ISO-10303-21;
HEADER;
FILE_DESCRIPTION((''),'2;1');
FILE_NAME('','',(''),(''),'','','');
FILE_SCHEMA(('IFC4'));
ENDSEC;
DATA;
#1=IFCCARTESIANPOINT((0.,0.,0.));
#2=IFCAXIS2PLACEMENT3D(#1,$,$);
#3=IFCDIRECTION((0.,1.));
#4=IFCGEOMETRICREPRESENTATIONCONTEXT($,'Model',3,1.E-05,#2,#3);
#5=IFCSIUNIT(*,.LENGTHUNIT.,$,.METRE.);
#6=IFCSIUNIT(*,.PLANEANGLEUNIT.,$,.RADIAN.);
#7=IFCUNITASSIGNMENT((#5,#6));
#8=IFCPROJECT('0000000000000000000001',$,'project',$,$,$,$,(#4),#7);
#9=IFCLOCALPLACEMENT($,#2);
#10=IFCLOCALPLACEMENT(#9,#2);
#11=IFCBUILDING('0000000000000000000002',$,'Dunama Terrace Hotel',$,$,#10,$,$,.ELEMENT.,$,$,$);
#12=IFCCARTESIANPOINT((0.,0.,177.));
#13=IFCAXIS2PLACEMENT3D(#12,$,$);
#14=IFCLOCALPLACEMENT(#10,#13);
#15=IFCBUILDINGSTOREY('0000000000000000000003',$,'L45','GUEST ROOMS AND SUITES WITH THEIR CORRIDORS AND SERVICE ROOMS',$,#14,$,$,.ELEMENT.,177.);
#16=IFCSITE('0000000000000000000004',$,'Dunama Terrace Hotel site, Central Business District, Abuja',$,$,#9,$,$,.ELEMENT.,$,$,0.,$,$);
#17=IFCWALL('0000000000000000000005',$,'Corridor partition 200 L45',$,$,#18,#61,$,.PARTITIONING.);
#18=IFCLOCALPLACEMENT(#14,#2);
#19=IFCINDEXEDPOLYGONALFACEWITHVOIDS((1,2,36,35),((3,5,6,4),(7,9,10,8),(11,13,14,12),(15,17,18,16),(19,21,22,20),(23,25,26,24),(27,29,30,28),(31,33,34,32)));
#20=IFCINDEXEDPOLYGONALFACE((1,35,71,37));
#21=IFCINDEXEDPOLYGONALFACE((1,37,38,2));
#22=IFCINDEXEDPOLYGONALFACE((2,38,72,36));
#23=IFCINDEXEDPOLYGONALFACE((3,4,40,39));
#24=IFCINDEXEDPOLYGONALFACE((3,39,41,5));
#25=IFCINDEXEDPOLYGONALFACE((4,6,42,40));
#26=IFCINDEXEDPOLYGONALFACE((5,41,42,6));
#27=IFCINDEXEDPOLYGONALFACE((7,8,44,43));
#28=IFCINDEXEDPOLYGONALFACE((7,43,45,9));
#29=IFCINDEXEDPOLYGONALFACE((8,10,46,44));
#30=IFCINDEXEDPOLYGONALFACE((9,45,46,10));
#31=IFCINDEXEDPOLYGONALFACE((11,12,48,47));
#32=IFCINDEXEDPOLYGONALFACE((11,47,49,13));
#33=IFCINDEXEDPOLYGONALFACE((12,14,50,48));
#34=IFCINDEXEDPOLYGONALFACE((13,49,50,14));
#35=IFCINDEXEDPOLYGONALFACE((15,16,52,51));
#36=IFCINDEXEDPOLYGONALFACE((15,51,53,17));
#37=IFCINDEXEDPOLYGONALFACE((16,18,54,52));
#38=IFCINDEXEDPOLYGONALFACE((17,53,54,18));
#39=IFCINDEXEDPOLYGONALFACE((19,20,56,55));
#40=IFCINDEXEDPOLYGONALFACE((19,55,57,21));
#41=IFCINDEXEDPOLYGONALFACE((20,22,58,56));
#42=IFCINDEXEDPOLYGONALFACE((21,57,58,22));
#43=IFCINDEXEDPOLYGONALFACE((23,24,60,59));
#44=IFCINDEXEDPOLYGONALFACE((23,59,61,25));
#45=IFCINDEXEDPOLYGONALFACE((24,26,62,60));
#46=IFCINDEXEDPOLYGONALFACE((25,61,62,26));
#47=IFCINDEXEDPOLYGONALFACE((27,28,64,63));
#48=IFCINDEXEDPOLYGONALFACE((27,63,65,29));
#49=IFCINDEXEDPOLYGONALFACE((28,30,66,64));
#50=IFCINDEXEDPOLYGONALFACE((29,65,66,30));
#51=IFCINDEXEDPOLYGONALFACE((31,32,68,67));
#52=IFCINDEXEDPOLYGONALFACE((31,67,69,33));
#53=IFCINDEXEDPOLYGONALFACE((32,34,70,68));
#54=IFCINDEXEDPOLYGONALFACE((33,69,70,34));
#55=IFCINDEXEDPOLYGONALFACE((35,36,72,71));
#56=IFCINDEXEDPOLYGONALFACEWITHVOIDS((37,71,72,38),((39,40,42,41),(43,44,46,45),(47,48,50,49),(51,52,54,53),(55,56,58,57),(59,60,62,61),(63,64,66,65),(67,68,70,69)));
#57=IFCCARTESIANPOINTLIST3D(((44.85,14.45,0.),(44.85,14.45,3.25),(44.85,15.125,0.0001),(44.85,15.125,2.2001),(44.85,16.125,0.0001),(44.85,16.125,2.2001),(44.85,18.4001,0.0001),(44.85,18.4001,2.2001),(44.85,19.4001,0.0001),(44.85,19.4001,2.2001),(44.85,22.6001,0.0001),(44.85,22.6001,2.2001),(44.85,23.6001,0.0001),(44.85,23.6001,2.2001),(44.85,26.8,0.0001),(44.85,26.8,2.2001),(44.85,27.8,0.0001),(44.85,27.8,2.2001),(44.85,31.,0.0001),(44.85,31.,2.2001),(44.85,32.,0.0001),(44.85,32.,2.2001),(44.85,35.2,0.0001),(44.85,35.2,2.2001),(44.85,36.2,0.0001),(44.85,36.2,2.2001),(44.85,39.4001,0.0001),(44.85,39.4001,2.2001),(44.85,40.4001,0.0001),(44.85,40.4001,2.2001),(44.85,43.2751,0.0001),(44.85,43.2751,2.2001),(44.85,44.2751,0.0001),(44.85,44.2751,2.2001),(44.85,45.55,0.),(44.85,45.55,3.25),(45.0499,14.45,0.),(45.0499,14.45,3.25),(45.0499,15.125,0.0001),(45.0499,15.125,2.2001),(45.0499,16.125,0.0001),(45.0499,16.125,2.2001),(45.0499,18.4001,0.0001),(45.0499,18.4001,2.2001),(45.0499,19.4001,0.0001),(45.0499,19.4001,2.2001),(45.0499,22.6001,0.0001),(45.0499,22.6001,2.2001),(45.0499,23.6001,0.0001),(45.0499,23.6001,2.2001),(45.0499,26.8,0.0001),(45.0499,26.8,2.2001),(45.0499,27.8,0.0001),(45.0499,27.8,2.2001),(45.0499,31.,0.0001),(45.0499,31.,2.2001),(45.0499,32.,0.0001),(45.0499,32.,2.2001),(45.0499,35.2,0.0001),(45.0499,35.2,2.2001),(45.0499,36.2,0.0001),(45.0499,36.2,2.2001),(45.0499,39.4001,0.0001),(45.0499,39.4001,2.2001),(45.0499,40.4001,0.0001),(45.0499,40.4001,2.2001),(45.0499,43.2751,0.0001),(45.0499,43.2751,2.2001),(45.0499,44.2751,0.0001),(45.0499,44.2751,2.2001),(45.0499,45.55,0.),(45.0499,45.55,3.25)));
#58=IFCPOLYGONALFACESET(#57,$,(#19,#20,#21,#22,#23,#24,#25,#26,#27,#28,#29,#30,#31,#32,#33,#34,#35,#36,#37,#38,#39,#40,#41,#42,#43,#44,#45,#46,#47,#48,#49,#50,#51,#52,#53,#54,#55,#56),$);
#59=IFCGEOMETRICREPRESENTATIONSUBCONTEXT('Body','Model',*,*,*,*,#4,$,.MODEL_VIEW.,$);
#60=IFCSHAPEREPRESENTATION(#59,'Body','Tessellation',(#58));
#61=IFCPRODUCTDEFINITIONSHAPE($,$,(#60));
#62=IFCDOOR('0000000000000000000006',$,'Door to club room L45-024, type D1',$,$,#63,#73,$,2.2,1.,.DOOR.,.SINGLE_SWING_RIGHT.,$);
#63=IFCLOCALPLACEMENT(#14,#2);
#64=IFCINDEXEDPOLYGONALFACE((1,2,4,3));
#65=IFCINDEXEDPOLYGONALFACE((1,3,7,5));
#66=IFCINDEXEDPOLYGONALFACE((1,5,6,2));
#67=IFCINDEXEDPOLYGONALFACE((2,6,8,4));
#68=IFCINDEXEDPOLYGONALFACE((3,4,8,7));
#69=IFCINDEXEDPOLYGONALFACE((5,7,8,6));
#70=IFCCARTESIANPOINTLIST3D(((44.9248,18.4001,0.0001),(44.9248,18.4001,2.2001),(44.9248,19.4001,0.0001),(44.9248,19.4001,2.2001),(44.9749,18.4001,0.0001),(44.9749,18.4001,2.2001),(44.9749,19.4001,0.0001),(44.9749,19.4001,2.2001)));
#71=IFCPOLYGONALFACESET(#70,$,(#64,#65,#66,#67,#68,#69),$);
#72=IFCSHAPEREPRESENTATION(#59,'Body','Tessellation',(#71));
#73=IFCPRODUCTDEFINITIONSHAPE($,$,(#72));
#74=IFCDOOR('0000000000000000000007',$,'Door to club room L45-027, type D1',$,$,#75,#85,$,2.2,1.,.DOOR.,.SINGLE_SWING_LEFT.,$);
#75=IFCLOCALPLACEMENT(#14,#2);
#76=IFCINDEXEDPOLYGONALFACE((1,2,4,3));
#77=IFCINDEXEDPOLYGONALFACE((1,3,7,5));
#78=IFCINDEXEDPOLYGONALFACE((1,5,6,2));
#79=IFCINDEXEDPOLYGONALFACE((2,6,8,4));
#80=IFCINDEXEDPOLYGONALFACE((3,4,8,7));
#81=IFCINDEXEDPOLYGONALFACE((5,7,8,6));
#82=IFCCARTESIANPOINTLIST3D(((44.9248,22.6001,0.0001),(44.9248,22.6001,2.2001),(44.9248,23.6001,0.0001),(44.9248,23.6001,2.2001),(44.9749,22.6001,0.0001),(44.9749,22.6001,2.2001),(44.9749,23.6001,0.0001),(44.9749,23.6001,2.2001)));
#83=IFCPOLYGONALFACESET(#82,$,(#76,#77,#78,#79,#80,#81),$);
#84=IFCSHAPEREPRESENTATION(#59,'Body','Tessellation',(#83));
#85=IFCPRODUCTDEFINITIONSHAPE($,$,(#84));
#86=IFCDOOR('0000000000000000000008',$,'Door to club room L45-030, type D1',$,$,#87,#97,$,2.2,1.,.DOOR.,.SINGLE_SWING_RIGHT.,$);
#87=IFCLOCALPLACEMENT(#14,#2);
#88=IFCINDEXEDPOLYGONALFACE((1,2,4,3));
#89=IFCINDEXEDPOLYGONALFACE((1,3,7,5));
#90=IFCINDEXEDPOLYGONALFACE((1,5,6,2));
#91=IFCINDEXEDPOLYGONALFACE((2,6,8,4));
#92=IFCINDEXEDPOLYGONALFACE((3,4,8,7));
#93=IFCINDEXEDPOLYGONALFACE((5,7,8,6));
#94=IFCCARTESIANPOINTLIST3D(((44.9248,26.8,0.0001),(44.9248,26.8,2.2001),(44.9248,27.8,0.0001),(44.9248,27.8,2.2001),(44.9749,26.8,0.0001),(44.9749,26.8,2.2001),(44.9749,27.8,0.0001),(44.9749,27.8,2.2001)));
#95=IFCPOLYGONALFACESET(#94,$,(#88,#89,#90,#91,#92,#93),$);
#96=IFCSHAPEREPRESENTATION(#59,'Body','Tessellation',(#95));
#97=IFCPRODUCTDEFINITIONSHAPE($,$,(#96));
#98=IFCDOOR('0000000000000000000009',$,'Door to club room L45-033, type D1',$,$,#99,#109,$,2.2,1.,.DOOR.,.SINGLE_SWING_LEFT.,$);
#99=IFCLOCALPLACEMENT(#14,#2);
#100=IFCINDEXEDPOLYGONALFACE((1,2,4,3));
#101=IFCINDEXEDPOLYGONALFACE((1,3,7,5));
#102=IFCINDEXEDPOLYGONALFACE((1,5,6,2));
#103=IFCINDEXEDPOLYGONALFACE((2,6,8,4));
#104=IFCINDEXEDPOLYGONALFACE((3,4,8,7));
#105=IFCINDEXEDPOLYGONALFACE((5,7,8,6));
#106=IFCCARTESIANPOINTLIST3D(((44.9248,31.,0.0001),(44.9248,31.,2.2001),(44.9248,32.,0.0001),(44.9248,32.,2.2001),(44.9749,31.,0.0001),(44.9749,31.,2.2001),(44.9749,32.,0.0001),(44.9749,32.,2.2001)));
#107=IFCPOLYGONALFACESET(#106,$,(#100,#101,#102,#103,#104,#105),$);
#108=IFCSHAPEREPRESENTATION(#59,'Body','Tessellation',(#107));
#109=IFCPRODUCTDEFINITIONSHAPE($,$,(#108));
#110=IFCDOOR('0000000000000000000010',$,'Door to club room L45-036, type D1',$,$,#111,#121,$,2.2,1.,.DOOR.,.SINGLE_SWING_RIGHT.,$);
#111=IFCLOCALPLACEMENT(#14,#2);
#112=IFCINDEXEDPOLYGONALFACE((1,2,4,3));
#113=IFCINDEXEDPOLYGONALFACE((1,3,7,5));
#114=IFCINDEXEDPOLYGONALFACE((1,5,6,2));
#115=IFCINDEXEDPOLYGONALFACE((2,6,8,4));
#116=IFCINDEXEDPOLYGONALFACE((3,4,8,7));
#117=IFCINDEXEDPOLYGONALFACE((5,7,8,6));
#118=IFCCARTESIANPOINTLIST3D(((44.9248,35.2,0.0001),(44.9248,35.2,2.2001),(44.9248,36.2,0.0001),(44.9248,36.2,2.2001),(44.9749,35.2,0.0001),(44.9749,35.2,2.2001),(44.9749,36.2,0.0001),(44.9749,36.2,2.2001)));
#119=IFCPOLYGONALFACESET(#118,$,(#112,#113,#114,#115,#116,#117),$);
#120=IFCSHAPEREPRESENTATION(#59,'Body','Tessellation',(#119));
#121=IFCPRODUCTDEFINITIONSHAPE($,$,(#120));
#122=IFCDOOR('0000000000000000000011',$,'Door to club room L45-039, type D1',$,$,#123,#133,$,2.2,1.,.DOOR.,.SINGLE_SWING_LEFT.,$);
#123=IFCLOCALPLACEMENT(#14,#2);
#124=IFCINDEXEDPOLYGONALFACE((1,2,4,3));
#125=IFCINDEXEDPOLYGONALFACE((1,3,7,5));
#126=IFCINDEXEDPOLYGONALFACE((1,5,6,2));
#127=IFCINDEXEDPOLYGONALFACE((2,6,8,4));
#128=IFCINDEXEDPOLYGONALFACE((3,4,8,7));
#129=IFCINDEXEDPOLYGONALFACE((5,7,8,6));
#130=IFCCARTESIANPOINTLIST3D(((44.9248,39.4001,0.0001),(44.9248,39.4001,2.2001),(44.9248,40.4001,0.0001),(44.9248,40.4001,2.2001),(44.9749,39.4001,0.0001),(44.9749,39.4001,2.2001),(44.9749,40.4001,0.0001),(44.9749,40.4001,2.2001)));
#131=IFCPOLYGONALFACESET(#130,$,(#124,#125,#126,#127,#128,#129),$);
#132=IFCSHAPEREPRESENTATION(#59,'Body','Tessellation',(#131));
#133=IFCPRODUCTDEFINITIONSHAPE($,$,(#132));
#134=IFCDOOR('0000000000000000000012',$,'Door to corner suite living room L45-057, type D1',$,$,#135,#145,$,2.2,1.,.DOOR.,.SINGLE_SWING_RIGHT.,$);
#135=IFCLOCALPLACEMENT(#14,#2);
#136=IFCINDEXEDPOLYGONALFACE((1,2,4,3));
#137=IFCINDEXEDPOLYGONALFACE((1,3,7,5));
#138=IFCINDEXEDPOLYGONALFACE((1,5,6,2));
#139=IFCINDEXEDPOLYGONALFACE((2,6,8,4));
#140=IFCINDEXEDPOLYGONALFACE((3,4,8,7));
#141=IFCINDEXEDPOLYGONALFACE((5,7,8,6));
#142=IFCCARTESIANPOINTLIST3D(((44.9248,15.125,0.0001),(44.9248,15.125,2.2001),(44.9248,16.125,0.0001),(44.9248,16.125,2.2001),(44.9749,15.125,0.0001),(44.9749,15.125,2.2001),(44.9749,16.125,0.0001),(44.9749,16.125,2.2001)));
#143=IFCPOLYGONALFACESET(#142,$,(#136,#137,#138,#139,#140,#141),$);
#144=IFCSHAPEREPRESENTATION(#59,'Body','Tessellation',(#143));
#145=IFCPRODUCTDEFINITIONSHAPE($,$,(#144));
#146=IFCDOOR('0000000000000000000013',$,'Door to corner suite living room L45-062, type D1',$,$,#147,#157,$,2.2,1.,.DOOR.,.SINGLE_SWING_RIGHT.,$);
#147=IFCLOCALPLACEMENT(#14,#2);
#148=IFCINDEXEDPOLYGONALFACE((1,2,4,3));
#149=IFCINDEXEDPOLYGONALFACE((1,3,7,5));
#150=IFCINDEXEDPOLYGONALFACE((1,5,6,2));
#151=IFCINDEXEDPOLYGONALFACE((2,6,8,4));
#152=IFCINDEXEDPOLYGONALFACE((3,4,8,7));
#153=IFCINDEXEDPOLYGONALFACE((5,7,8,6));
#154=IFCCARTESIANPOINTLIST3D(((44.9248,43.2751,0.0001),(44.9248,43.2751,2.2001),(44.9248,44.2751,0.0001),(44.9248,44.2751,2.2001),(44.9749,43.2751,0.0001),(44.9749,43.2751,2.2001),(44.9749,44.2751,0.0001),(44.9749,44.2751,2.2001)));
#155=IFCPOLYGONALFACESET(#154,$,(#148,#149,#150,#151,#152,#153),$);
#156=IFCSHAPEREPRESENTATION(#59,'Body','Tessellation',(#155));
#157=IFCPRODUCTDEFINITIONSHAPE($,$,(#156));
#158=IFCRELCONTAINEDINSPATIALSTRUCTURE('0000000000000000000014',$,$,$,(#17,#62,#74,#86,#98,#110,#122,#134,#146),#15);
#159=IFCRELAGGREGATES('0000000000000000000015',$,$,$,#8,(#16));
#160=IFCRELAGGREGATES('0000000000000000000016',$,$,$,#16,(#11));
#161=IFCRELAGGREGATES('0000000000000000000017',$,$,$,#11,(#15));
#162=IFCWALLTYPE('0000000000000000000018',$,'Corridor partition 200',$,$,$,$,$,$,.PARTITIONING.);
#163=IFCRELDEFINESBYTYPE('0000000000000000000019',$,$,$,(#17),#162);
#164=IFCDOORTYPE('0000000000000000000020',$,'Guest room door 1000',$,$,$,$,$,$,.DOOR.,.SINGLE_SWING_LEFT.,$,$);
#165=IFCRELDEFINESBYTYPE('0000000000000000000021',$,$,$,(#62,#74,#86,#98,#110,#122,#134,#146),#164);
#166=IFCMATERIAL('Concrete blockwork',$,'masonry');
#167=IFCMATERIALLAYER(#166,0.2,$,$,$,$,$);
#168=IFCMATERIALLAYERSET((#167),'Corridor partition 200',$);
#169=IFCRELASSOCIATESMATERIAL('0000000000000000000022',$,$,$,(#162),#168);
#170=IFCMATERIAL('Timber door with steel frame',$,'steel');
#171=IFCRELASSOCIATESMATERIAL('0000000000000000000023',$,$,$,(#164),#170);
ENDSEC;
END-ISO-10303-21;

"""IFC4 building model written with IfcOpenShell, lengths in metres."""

from ifc_helpers import new_model, si_unit, direction, frame, frame_2d, origin, place, context, subcontext, project, spatial, rectangle, extrude, material, layer, layer_set, type_object, element, fill, save


model = new_model("IFC4")

# Units and contexts
model_context = context("Model", 3, precision=1e-05, world=origin(), true_north=direction((0.0, 1.0)))
body_context = subcontext(model_context, "Body", "Model", "MODEL_VIEW")
ifc_project = project(units=[si_unit("LENGTHUNIT", "METRE"), si_unit("PLANEANGLEUNIT", "RADIAN")], contexts=[model_context])

# Site, building, storey
site_placement = place(None, origin())
site = spatial("IfcSite", under=ifc_project, at=site_placement, Name="Dunama Terrace Hotel site, Central Business District, Abuja", CompositionType="ELEMENT", RefElevation=0.0)
building_placement = place(site_placement, origin())
building = spatial("IfcBuilding", under=site, at=building_placement, Name="Dunama Terrace Hotel", CompositionType="ELEMENT")
storey_placement = place(building_placement, frame((0.0, 0.0, 177.0)))
storey = spatial("IfcBuildingStorey", under=building, at=storey_placement, Name="L45", Description="GUEST ROOMS AND SUITES WITH THEIR CORRIDORS AND SERVICE ROOMS", CompositionType="ELEMENT", Elevation=177.0)

# Shared definitions
ifc_material_1 = material(Name="Concrete blockwork", Category="masonry")
ifc_layer_1 = layer(ifc_material_1, 0.2)
ifc_layer_set_1 = layer_set([ifc_layer_1], Name="Corridor partition 200")
wall_type_1 = type_object("IfcWallType", Name="Corridor partition 200", PredefinedType="PARTITIONING", material=ifc_layer_set_1)

# Wall, openings, doors
wall_1_placement = place(storey_placement, frame((44.95, 45.55, 0.0), z_axis=(0.0, 0.0, 1.0), x_axis=(0.0, -1.0, 0.0)))
wall_1 = element("IfcWall", 1, at=wall_1_placement, inside=storey, type_object=wall_type_1, Name="Corridor partition 200 L45", PredefinedType="PARTITIONING", context=body_context, shape_type="SweptSolid", body=[
    extrude(rectangle(XDim=31.1001, YDim=0.2, at=frame_2d((15.55, 0.0))), origin(), (0.0, 0.0, 1.0), 3.25),
])
opening_1_placement = place(wall_1_placement, frame((26.1499, 0.0, 0.0)))
opening_1 = element("IfcOpeningElement", 2, at=opening_1_placement, cuts=wall_1, PredefinedType="OPENING", context=body_context, shape_type="SweptSolid", body=[
    extrude(rectangle(XDim=1.0, YDim=2.2, at=frame_2d((0.5, 1.1001))), frame((0.0, 0.1099, 0.0), z_axis=(0.0, -1.0, 0.0), x_axis=(1.0, 0.0, 0.0)), (0.0, 0.0, 1.0), 0.22),
])
opening_2_placement = place(wall_1_placement, frame((21.95, 0.0, 0.0)))
opening_2 = element("IfcOpeningElement", 3, at=opening_2_placement, cuts=wall_1, PredefinedType="OPENING", context=body_context, shape_type="SweptSolid", body=[
    extrude(rectangle(XDim=1.0, YDim=2.2, at=frame_2d((0.5, 1.1001))), frame((0.0, 0.1099, 0.0), z_axis=(0.0, -1.0, 0.0), x_axis=(1.0, 0.0, 0.0)), (0.0, 0.0, 1.0), 0.22),
])
opening_3_placement = place(wall_1_placement, frame((17.75, 0.0, 0.0)))
opening_3 = element("IfcOpeningElement", 4, at=opening_3_placement, cuts=wall_1, PredefinedType="OPENING", context=body_context, shape_type="SweptSolid", body=[
    extrude(rectangle(XDim=1.0, YDim=2.2, at=frame_2d((0.5, 1.1001))), frame((0.0, 0.1099, 0.0), z_axis=(0.0, -1.0, 0.0), x_axis=(1.0, 0.0, 0.0)), (0.0, 0.0, 1.0), 0.22),
])
opening_4_placement = place(wall_1_placement, frame((13.55, 0.0, 0.0)))
opening_4 = element("IfcOpeningElement", 5, at=opening_4_placement, cuts=wall_1, PredefinedType="OPENING", context=body_context, shape_type="SweptSolid", body=[
    extrude(rectangle(XDim=1.0, YDim=2.2, at=frame_2d((0.5, 1.1001))), frame((0.0, 0.1099, 0.0), z_axis=(0.0, -1.0, 0.0), x_axis=(1.0, 0.0, 0.0)), (0.0, 0.0, 1.0), 0.22),
])
opening_5_placement = place(wall_1_placement, frame((9.3501, 0.0, 0.0)))
opening_5 = element("IfcOpeningElement", 6, at=opening_5_placement, cuts=wall_1, PredefinedType="OPENING", context=body_context, shape_type="SweptSolid", body=[
    extrude(rectangle(XDim=1.0, YDim=2.2, at=frame_2d((0.5, 1.1001))), frame((0.0, 0.1099, 0.0), z_axis=(0.0, -1.0, 0.0), x_axis=(1.0, 0.0, 0.0)), (0.0, 0.0, 1.0), 0.22),
])
opening_6_placement = place(wall_1_placement, frame((5.1499, 0.0, 0.0)))
opening_6 = element("IfcOpeningElement", 7, at=opening_6_placement, cuts=wall_1, PredefinedType="OPENING", context=body_context, shape_type="SweptSolid", body=[
    extrude(rectangle(XDim=1.0, YDim=2.2, at=frame_2d((0.5, 1.1001))), frame((0.0, 0.1099, 0.0), z_axis=(0.0, -1.0, 0.0), x_axis=(1.0, 0.0, 0.0)), (0.0, 0.0, 1.0), 0.22),
])
opening_7_placement = place(wall_1_placement, frame((29.425, 0.0, 0.0)))
opening_7 = element("IfcOpeningElement", 8, at=opening_7_placement, cuts=wall_1, PredefinedType="OPENING", context=body_context, shape_type="SweptSolid", body=[
    extrude(rectangle(XDim=1.0, YDim=2.2, at=frame_2d((0.5, 1.1001))), frame((0.0, 0.1099, 0.0), z_axis=(0.0, -1.0, 0.0), x_axis=(1.0, 0.0, 0.0)), (0.0, 0.0, 1.0), 0.22),
])
opening_8_placement = place(wall_1_placement, frame((1.2749, 0.0, 0.0)))
opening_8 = element("IfcOpeningElement", 9, at=opening_8_placement, cuts=wall_1, PredefinedType="OPENING", context=body_context, shape_type="SweptSolid", body=[
    extrude(rectangle(XDim=1.0, YDim=2.2, at=frame_2d((0.5, 1.1001))), frame((0.0, 0.1099, 0.0), z_axis=(0.0, -1.0, 0.0), x_axis=(1.0, 0.0, 0.0)), (0.0, 0.0, 1.0), 0.22),
])
ifc_material_2 = material(Name="Timber door with steel frame", Category="steel")
door_type_1 = type_object("IfcDoorType", Name="Guest room door 1000", OperationType="SINGLE_SWING_LEFT", PredefinedType="DOOR", material=ifc_material_2)
door_1_placement = place(opening_1_placement, origin())
door_1 = element("IfcDoor", 10, at=door_1_placement, inside=storey, type_object=door_type_1, Name="Door to club room L45-024, type D1", OperationType="SINGLE_SWING_RIGHT", OverallHeight=2.2, OverallWidth=1.0, PredefinedType="DOOR", context=body_context, shape_type="SweptSolid", body=[
    extrude(rectangle(XDim=1.0, YDim=2.2, at=frame_2d((0.5, 1.1001))), frame((0.0, 0.0249, 0.0), z_axis=(0.0, -1.0, 0.0), x_axis=(1.0, 0.0, 0.0)), (0.0, 0.0, 1.0), 0.05),
])
fill(opening_1, door_1)
door_2_placement = place(opening_2_placement, origin())
door_2 = element("IfcDoor", 11, at=door_2_placement, inside=storey, type_object=door_type_1, Name="Door to club room L45-027, type D1", OperationType="SINGLE_SWING_LEFT", OverallHeight=2.2, OverallWidth=1.0, PredefinedType="DOOR", context=body_context, shape_type="SweptSolid", body=[
    extrude(rectangle(XDim=1.0, YDim=2.2, at=frame_2d((0.5, 1.1001))), frame((0.0, 0.0249, 0.0), z_axis=(0.0, -1.0, 0.0), x_axis=(1.0, 0.0, 0.0)), (0.0, 0.0, 1.0), 0.05),
])
fill(opening_2, door_2)
door_3_placement = place(opening_3_placement, origin())
door_3 = element("IfcDoor", 12, at=door_3_placement, inside=storey, type_object=door_type_1, Name="Door to club room L45-030, type D1", OperationType="SINGLE_SWING_RIGHT", OverallHeight=2.2, OverallWidth=1.0, PredefinedType="DOOR", context=body_context, shape_type="SweptSolid", body=[
    extrude(rectangle(XDim=1.0, YDim=2.2, at=frame_2d((0.5, 1.1001))), frame((0.0, 0.0249, 0.0), z_axis=(0.0, -1.0, 0.0), x_axis=(1.0, 0.0, 0.0)), (0.0, 0.0, 1.0), 0.05),
])
fill(opening_3, door_3)
door_4_placement = place(opening_4_placement, origin())
door_4 = element("IfcDoor", 13, at=door_4_placement, inside=storey, type_object=door_type_1, Name="Door to club room L45-033, type D1", OperationType="SINGLE_SWING_LEFT", OverallHeight=2.2, OverallWidth=1.0, PredefinedType="DOOR", context=body_context, shape_type="SweptSolid", body=[
    extrude(rectangle(XDim=1.0, YDim=2.2, at=frame_2d((0.5, 1.1001))), frame((0.0, 0.0249, 0.0), z_axis=(0.0, -1.0, 0.0), x_axis=(1.0, 0.0, 0.0)), (0.0, 0.0, 1.0), 0.05),
])
fill(opening_4, door_4)
door_5_placement = place(opening_5_placement, origin())
door_5 = element("IfcDoor", 14, at=door_5_placement, inside=storey, type_object=door_type_1, Name="Door to club room L45-036, type D1", OperationType="SINGLE_SWING_RIGHT", OverallHeight=2.2, OverallWidth=1.0, PredefinedType="DOOR", context=body_context, shape_type="SweptSolid", body=[
    extrude(rectangle(XDim=1.0, YDim=2.2, at=frame_2d((0.5, 1.1001))), frame((0.0, 0.0249, 0.0), z_axis=(0.0, -1.0, 0.0), x_axis=(1.0, 0.0, 0.0)), (0.0, 0.0, 1.0), 0.05),
])
fill(opening_5, door_5)
door_6_placement = place(opening_6_placement, origin())
door_6 = element("IfcDoor", 15, at=door_6_placement, inside=storey, type_object=door_type_1, Name="Door to club room L45-039, type D1", OperationType="SINGLE_SWING_LEFT", OverallHeight=2.2, OverallWidth=1.0, PredefinedType="DOOR", context=body_context, shape_type="SweptSolid", body=[
    extrude(rectangle(XDim=1.0, YDim=2.2, at=frame_2d((0.5, 1.1001))), frame((0.0, 0.0249, 0.0), z_axis=(0.0, -1.0, 0.0), x_axis=(1.0, 0.0, 0.0)), (0.0, 0.0, 1.0), 0.05),
])
fill(opening_6, door_6)
door_7_placement = place(opening_7_placement, origin())
door_7 = element("IfcDoor", 16, at=door_7_placement, inside=storey, type_object=door_type_1, Name="Door to corner suite living room L45-057, type D1", OperationType="SINGLE_SWING_RIGHT", OverallHeight=2.2, OverallWidth=1.0, PredefinedType="DOOR", context=body_context, shape_type="SweptSolid", body=[
    extrude(rectangle(XDim=1.0, YDim=2.2, at=frame_2d((0.5, 1.1001))), frame((0.0, 0.0249, 0.0), z_axis=(0.0, -1.0, 0.0), x_axis=(1.0, 0.0, 0.0)), (0.0, 0.0, 1.0), 0.05),
])
fill(opening_7, door_7)
door_8_placement = place(opening_8_placement, origin())
door_8 = element("IfcDoor", 17, at=door_8_placement, inside=storey, type_object=door_type_1, Name="Door to corner suite living room L45-062, type D1", OperationType="SINGLE_SWING_RIGHT", OverallHeight=2.2, OverallWidth=1.0, PredefinedType="DOOR", context=body_context, shape_type="SweptSolid", body=[
    extrude(rectangle(XDim=1.0, YDim=2.2, at=frame_2d((0.5, 1.1001))), frame((0.0, 0.0249, 0.0), z_axis=(0.0, -1.0, 0.0), x_axis=(1.0, 0.0, 0.0)), (0.0, 0.0, 1.0), 0.05),
])
fill(opening_8, door_8)

save(model, "model.ifc")
